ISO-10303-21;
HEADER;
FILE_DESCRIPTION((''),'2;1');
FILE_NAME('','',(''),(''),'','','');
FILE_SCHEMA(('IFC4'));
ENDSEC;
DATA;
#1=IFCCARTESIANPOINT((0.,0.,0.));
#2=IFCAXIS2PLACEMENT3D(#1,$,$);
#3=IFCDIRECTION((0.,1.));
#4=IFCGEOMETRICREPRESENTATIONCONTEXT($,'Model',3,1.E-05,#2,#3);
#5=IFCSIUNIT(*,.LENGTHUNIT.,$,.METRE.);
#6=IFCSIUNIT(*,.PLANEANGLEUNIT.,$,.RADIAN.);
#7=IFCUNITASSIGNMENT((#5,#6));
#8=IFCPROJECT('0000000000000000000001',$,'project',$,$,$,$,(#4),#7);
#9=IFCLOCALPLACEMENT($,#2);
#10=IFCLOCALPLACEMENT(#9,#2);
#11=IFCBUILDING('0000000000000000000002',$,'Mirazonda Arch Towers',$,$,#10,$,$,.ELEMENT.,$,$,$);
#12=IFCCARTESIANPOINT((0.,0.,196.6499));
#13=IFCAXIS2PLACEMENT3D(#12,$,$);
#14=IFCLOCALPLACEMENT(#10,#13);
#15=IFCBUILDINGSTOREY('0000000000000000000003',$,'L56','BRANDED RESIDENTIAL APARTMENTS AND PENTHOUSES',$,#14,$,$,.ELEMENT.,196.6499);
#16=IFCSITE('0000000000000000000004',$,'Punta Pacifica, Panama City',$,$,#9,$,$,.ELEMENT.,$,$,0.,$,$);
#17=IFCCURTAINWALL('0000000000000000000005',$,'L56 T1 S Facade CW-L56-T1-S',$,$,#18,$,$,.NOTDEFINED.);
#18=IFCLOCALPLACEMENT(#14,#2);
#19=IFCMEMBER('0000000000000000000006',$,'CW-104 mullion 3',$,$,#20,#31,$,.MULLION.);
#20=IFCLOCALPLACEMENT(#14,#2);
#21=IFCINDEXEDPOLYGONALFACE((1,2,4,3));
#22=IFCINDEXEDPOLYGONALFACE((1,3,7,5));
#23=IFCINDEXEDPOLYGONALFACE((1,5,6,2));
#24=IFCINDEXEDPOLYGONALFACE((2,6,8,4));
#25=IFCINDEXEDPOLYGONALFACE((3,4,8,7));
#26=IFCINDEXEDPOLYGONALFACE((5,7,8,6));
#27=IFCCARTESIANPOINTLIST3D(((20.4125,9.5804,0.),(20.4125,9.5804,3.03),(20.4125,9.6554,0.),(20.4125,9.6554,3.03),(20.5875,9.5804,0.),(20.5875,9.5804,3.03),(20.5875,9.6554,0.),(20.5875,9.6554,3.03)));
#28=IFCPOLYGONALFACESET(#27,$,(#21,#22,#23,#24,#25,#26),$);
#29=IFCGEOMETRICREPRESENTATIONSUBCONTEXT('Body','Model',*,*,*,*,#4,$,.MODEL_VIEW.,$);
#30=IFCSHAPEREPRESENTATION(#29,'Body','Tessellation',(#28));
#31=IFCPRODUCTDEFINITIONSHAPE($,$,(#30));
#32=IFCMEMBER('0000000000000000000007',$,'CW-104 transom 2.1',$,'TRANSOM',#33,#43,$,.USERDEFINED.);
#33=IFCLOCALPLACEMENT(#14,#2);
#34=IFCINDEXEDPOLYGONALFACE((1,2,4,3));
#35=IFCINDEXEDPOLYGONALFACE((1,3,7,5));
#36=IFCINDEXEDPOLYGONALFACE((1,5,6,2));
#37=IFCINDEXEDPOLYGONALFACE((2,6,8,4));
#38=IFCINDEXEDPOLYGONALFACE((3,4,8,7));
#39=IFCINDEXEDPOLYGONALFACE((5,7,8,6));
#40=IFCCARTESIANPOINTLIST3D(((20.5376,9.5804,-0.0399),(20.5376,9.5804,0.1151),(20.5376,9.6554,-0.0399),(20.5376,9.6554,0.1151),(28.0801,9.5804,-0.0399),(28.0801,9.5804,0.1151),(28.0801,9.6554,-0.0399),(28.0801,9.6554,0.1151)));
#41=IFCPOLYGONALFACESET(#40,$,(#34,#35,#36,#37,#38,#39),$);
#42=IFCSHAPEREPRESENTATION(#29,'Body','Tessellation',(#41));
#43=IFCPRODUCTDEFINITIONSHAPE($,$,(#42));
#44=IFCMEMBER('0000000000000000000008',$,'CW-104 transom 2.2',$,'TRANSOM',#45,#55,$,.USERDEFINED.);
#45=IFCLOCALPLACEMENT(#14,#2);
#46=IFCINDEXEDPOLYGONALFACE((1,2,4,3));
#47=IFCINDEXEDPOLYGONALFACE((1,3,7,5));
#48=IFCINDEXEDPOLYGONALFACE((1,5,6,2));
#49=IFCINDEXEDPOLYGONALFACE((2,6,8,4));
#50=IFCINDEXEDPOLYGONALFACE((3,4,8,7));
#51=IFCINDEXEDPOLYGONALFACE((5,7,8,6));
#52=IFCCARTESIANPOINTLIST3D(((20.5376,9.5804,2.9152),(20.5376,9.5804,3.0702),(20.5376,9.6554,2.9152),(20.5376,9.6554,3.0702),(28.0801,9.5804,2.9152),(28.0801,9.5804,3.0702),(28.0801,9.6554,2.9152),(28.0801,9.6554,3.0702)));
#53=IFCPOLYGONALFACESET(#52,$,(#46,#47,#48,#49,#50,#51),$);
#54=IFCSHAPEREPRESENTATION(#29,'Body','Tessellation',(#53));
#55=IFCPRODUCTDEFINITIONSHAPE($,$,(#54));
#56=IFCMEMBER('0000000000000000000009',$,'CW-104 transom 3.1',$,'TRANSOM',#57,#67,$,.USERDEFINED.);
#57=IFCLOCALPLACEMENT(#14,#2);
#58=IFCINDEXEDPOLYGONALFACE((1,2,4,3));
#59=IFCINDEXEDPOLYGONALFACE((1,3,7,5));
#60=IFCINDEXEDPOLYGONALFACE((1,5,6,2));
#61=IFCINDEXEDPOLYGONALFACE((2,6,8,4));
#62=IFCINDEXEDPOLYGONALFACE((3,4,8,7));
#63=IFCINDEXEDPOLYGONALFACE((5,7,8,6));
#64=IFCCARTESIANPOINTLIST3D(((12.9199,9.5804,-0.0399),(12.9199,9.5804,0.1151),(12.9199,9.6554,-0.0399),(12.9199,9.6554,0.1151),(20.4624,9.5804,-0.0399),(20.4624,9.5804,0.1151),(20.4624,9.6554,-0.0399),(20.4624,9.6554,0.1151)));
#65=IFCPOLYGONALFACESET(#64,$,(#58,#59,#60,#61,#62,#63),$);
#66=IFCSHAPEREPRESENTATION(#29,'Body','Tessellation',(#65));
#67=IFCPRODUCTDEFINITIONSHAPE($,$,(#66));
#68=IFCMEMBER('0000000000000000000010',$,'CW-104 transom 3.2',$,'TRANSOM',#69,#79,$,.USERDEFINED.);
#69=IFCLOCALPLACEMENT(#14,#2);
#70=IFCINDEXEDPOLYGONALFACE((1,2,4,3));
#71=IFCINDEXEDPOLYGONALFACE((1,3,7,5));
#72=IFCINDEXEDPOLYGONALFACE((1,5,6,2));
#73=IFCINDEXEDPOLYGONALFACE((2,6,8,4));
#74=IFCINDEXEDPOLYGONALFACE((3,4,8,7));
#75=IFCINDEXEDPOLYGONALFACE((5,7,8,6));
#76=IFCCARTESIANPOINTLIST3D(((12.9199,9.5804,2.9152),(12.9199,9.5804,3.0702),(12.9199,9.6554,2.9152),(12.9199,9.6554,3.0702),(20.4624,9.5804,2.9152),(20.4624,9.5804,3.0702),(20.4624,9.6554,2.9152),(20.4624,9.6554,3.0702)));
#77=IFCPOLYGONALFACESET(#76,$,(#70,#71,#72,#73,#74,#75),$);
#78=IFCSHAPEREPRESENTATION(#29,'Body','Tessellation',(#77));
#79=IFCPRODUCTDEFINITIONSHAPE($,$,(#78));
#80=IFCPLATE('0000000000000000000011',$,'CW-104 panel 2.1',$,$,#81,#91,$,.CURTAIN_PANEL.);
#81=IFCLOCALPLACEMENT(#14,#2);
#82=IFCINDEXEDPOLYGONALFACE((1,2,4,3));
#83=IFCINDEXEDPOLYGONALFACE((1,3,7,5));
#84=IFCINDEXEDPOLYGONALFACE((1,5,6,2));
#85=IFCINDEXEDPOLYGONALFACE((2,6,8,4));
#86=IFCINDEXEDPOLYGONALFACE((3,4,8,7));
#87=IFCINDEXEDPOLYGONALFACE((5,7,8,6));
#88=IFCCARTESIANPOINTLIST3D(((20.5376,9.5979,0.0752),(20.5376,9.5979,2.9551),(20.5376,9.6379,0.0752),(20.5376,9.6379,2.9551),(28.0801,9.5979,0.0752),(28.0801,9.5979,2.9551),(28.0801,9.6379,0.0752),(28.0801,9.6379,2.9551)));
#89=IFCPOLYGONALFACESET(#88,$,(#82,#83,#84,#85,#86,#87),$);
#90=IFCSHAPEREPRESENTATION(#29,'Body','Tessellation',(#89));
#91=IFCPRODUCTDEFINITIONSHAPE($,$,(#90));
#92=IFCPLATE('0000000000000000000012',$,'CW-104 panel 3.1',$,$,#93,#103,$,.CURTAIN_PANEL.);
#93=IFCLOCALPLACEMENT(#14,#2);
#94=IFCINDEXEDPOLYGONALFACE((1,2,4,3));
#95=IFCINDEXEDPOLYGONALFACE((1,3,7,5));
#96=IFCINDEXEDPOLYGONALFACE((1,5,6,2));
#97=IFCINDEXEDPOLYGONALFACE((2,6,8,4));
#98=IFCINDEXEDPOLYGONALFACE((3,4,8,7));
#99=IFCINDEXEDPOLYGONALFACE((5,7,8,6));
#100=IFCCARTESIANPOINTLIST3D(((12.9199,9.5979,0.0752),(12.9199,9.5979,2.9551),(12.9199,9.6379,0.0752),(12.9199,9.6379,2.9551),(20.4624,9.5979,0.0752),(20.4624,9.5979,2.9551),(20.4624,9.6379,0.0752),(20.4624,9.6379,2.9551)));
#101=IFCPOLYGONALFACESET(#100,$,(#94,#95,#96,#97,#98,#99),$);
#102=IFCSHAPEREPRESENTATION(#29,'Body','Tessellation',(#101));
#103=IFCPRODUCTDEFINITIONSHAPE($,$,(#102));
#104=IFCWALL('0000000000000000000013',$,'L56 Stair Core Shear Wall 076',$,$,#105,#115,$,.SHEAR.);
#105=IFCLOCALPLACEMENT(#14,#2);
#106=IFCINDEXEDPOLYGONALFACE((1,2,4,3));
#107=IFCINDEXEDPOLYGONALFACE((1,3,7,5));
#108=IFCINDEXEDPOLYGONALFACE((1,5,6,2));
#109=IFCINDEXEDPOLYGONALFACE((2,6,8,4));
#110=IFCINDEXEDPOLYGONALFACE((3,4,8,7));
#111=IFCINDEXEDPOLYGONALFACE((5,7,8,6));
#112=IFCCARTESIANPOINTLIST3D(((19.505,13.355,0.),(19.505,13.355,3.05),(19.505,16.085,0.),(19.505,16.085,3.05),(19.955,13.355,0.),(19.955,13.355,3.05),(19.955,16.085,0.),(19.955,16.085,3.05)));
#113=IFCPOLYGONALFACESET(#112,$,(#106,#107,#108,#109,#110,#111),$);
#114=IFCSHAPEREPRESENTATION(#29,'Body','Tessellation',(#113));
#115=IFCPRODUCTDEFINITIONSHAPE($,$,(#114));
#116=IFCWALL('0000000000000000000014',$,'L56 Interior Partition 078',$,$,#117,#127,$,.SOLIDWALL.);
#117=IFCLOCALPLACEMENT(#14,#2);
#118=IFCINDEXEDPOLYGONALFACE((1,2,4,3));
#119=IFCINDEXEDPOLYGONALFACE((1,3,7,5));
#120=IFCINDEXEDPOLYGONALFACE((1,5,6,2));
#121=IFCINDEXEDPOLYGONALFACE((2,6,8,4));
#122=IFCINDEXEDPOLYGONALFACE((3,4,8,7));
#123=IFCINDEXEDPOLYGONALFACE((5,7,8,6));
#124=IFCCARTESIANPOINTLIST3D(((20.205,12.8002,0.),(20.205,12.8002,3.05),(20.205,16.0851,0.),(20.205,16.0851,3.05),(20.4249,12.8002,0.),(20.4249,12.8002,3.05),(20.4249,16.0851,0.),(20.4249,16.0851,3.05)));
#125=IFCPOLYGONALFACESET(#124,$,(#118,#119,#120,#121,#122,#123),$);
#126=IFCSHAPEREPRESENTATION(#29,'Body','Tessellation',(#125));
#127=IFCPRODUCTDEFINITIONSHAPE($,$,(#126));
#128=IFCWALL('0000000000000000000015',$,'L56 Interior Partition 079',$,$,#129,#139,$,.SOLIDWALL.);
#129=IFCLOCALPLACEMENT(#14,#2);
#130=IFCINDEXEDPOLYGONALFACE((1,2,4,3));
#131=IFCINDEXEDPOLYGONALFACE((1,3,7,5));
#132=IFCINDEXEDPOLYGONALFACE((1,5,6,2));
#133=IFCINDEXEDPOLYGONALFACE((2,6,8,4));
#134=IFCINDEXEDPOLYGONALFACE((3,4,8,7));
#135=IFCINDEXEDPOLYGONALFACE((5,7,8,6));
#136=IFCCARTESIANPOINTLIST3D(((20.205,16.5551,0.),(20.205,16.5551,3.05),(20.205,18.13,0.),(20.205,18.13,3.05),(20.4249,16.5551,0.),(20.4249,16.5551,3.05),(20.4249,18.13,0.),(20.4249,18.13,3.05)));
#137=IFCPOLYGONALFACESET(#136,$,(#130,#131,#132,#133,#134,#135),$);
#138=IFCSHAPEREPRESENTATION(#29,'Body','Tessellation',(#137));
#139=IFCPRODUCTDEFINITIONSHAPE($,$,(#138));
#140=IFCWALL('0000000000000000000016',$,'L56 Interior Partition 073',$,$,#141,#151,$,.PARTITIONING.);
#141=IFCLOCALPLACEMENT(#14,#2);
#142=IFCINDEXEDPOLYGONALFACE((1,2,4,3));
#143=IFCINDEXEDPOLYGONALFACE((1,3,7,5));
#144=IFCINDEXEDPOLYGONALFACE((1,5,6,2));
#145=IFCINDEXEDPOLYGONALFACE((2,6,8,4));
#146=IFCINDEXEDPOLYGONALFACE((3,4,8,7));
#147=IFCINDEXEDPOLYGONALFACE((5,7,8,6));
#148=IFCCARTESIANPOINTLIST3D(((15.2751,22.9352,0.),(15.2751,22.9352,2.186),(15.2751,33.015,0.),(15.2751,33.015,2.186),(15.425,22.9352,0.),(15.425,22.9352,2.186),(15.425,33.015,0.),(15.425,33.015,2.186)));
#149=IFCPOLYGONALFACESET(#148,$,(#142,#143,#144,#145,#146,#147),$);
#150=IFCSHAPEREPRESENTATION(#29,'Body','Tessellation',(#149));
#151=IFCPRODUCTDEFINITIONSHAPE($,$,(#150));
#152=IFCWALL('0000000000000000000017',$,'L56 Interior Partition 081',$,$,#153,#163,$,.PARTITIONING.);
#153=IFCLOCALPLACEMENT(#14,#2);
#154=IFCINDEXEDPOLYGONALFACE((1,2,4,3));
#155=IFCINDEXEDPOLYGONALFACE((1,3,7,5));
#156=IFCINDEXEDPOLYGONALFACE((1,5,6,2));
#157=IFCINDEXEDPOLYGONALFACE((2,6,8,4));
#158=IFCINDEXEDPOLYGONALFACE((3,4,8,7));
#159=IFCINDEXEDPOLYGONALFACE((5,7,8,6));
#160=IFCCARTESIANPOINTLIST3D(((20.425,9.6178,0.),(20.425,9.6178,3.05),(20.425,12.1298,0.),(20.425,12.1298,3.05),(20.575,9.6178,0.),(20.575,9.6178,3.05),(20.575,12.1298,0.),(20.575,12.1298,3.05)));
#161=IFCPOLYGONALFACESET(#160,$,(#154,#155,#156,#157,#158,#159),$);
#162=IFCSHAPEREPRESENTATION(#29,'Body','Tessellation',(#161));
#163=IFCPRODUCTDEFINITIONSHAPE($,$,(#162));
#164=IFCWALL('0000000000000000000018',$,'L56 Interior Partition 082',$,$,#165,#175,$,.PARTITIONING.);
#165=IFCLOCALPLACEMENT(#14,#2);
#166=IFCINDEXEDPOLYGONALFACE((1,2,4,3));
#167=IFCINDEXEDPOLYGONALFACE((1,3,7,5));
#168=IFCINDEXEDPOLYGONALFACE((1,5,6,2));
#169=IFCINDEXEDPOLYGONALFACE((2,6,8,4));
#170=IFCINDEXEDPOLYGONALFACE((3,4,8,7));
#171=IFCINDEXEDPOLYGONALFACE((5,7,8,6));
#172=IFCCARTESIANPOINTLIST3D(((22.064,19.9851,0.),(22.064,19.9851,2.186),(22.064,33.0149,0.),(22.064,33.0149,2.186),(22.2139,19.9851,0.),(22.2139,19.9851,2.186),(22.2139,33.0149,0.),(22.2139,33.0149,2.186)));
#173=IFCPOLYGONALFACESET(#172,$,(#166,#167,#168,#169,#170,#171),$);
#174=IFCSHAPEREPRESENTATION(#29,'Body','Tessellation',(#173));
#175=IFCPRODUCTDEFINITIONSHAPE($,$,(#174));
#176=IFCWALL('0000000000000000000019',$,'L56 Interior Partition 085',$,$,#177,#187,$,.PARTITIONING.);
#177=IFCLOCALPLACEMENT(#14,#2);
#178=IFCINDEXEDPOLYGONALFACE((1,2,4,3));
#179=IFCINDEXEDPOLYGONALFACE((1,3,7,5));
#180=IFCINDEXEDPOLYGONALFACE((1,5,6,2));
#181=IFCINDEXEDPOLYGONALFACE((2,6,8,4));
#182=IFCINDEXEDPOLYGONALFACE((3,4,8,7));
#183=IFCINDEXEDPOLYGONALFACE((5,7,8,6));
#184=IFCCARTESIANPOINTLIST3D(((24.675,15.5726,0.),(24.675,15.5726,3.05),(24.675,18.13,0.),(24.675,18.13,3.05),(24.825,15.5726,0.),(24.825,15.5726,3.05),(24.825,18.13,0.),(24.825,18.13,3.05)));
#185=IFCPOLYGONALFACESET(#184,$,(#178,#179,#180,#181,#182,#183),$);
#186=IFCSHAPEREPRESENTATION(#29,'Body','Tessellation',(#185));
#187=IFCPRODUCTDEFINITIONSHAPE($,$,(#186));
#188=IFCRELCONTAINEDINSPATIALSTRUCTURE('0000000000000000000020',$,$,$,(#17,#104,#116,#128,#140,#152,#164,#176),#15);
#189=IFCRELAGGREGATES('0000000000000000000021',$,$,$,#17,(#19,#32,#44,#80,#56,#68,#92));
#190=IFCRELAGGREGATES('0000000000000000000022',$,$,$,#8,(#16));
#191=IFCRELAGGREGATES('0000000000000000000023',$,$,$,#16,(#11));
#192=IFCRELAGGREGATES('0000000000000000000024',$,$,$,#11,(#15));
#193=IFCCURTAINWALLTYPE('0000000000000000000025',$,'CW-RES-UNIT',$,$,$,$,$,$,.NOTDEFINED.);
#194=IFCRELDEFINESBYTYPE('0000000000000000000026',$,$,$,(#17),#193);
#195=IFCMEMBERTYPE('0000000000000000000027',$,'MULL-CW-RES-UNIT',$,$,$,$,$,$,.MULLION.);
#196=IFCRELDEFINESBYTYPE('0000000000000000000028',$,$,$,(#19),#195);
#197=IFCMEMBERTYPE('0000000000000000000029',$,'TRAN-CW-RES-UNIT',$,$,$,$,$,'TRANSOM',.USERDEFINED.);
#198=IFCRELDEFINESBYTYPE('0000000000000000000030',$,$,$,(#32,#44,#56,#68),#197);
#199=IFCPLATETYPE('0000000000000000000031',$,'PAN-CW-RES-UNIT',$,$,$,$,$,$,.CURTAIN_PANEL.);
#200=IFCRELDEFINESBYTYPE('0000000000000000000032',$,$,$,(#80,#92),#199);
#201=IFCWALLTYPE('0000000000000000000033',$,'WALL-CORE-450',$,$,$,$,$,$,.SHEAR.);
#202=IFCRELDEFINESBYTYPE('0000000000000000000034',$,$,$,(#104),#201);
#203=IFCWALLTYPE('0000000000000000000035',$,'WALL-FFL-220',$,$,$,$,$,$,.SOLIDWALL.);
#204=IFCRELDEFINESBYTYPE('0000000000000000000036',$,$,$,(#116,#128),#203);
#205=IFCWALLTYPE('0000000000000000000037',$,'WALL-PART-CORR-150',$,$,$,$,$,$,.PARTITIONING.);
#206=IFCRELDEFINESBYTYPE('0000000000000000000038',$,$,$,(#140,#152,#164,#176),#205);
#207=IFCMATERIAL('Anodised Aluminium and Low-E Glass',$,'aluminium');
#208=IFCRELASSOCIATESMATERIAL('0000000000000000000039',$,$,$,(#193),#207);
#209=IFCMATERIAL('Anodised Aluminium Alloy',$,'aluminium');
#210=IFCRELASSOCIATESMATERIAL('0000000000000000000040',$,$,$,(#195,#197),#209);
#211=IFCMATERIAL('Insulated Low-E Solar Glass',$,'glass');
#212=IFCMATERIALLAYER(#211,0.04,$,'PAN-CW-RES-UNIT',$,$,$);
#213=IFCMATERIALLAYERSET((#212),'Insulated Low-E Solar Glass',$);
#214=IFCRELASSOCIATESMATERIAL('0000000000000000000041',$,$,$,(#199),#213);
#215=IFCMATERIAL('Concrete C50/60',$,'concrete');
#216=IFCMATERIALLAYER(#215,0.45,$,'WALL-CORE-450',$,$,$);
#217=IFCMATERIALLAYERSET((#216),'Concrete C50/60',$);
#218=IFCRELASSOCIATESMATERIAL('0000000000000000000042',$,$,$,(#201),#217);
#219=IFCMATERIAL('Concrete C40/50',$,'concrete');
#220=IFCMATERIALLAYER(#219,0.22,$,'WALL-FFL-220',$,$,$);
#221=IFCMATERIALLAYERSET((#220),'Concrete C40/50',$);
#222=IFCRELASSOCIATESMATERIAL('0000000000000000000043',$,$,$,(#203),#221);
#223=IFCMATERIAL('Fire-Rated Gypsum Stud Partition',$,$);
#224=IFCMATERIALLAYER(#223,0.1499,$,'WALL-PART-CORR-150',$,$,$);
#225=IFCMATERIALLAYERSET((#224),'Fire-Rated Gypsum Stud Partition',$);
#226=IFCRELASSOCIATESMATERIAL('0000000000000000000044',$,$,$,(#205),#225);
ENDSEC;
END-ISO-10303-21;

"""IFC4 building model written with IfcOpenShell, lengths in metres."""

from ifc_helpers import new_model, si_unit, direction, frame, frame_2d, origin, origin_2d, place, context, subcontext, project, spatial, rectangle, extrude, material, layer, layer_set, material_profile, profile_set, type_object, element, aggregate, save


model = new_model("IFC4")

# Units and contexts
model_context = context("Model", 3, precision=1e-05, world=origin(), true_north=direction((0.0, 1.0)))
body_context = subcontext(model_context, "Body", "Model", "MODEL_VIEW")
ifc_project = project(units=[si_unit("LENGTHUNIT", "METRE"), si_unit("PLANEANGLEUNIT", "RADIAN")], contexts=[model_context])

# Site, building, storey
site_placement = place(None, origin())
site = spatial("IfcSite", under=ifc_project, at=site_placement, Name="Punta Pacifica, Panama City", CompositionType="ELEMENT", RefElevation=0.0)
building_placement = place(site_placement, origin())
building = spatial("IfcBuilding", under=site, at=building_placement, Name="Mirazonda Arch Towers", CompositionType="ELEMENT")
storey_placement = place(building_placement, frame((0.0, 0.0, 196.6499)))
storey = spatial("IfcBuildingStorey", under=building, at=storey_placement, Name="L56", Description="BRANDED RESIDENTIAL APARTMENTS AND PENTHOUSES", CompositionType="ELEMENT", Elevation=196.6499)

# Shared definitions
ifc_material_1 = material(Name="Concrete C50/60", Category="concrete")

# Curtain wall, members, plates
ifc_material_2 = material(Name="Anodised Aluminium and Low-E Glass", Category="aluminium")
curtain_wall_type = type_object("IfcCurtainWallType", Name="CW-RES-UNIT", PredefinedType="NOTDEFINED", material=ifc_material_2)
curtain_wall_placement = place(storey_placement, origin())
curtain_wall = element("IfcCurtainWall", 1, at=curtain_wall_placement, inside=storey, type_object=curtain_wall_type, Name="L56 T1 S Facade CW-L56-T1-S", PredefinedType="NOTDEFINED")
ifc_material_3 = material(Name="Anodised Aluminium Alloy", Category="aluminium")
ifc_material_profile_1 = material_profile(ifc_material_3, rectangle(XDim=0.075, YDim=0.175, at=origin_2d()), Name="ALU-MULL-75x175")
ifc_profile_set_1 = profile_set([ifc_material_profile_1], Name="Anodised Aluminium Alloy")
member_type_1 = type_object("IfcMemberType", Name="MULL-CW-RES-UNIT", PredefinedType="MULLION", material=ifc_profile_set_1)
member_1_placement = place(storey_placement, frame((20.5, 9.6179, 0.0), z_axis=(0.0, 0.0, 1.0), x_axis=(0.0, -1.0, 0.0)))
member_1 = element("IfcMember", 2, at=member_1_placement, type_object=member_type_1, Name="CW-104 mullion 3", PredefinedType="MULLION", context=body_context, shape_type="SweptSolid", body=[
    extrude(rectangle(XDim=0.075, YDim=0.175, at=origin_2d()), origin(), (0.0, 0.0, 1.0), 3.03),
])
ifc_material_profile_2 = material_profile(ifc_material_3, rectangle(XDim=0.075, YDim=0.155, at=origin_2d()), Name="ALU-TRAN-75x155")
ifc_profile_set_2 = profile_set([ifc_material_profile_2], Name="Anodised Aluminium Alloy")
member_type_2 = type_object("IfcMemberType", Name="TRAN-CW-RES-UNIT", ElementType="TRANSOM", PredefinedType="USERDEFINED", material=ifc_profile_set_2)
member_2_placement = place(storey_placement, frame((28.0801, 9.6179, 0.0376), z_axis=(-1.0, 0.0, 0.0), x_axis=(0.0, -1.0, 0.0)))
member_2 = element("IfcMember", 3, at=member_2_placement, type_object=member_type_2, Name="CW-104 transom 2.1", ObjectType="TRANSOM", PredefinedType="USERDEFINED", context=body_context, shape_type="SweptSolid", body=[
    extrude(rectangle(XDim=0.075, YDim=0.155, at=origin_2d()), origin(), (0.0, 0.0, 1.0), 7.5425),
])
member_3_placement = place(storey_placement, frame((28.0801, 9.6179, 2.9927), z_axis=(-1.0, 0.0, 0.0), x_axis=(0.0, -1.0, 0.0)))
member_3 = element("IfcMember", 4, at=member_3_placement, type_object=member_type_2, Name="CW-104 transom 2.2", ObjectType="TRANSOM", PredefinedType="USERDEFINED", context=body_context, shape_type="SweptSolid", body=[
    extrude(rectangle(XDim=0.075, YDim=0.155, at=origin_2d()), origin(), (0.0, 0.0, 1.0), 7.5425),
])
member_4_placement = place(storey_placement, frame((20.4624, 9.6179, 0.0376), z_axis=(-1.0, 0.0, 0.0), x_axis=(0.0, -1.0, 0.0)))
member_4 = element("IfcMember", 5, at=member_4_placement, type_object=member_type_2, Name="CW-104 transom 3.1", ObjectType="TRANSOM", PredefinedType="USERDEFINED", context=body_context, shape_type="SweptSolid", body=[
    extrude(rectangle(XDim=0.075, YDim=0.155, at=origin_2d()), origin(), (0.0, 0.0, 1.0), 7.5425),
])
member_5_placement = place(storey_placement, frame((20.4624, 9.6179, 2.9927), z_axis=(-1.0, 0.0, 0.0), x_axis=(0.0, -1.0, 0.0)))
member_5 = element("IfcMember", 6, at=member_5_placement, type_object=member_type_2, Name="CW-104 transom 3.2", ObjectType="TRANSOM", PredefinedType="USERDEFINED", context=body_context, shape_type="SweptSolid", body=[
    extrude(rectangle(XDim=0.075, YDim=0.155, at=origin_2d()), origin(), (0.0, 0.0, 1.0), 7.5425),
])
ifc_material_4 = material(Name="Insulated Low-E Solar Glass", Category="glass")
ifc_layer_1 = layer(ifc_material_4, 0.04, Name="PAN-CW-RES-UNIT")
ifc_layer_set_1 = layer_set([ifc_layer_1], Name="Insulated Low-E Solar Glass")
plate_type = type_object("IfcPlateType", Name="PAN-CW-RES-UNIT", PredefinedType="CURTAIN_PANEL", material=ifc_layer_set_1)
plate_1_placement = place(storey_placement, frame((24.3088, 9.6179, 0.0752), z_axis=(0.0, 0.0, 1.0), x_axis=(-1.0, 0.0, 0.0)))
plate_1 = element("IfcPlate", 7, at=plate_1_placement, type_object=plate_type, Name="CW-104 panel 2.1", PredefinedType="CURTAIN_PANEL", context=body_context, shape_type="SweptSolid", body=[
    extrude(rectangle(XDim=7.5425, YDim=0.04, at=origin_2d()), origin(), (0.0, 0.0, 1.0), 2.8799),
])
plate_2_placement = place(storey_placement, frame((16.6912, 9.6179, 0.0752), z_axis=(0.0, 0.0, 1.0), x_axis=(-1.0, 0.0, 0.0)))
plate_2 = element("IfcPlate", 8, at=plate_2_placement, type_object=plate_type, Name="CW-104 panel 3.1", PredefinedType="CURTAIN_PANEL", context=body_context, shape_type="SweptSolid", body=[
    extrude(rectangle(XDim=7.5425, YDim=0.04, at=origin_2d()), origin(), (0.0, 0.0, 1.0), 2.8799),
])
aggregate(curtain_wall, [member_1, member_2, member_3, plate_1, member_4, member_5, plate_2])

# Walls
ifc_layer_2 = layer(ifc_material_1, 0.45, Name="WALL-CORE-450")
ifc_layer_set_2 = layer_set([ifc_layer_2], Name="Concrete C50/60")
wall_type_1 = type_object("IfcWallType", Name="WALL-CORE-450", PredefinedType="SHEAR", material=ifc_layer_set_2)
wall_1_placement = place(storey_placement, frame((19.73, 13.355, 0.0), z_axis=(0.0, 0.0, 1.0), x_axis=(0.0, 1.0, 0.0)))
element("IfcWall", 9, at=wall_1_placement, inside=storey, type_object=wall_type_1, Name="L56 Stair Core Shear Wall 076", PredefinedType="SHEAR", context=body_context, shape_type="SweptSolid", body=[
    extrude(rectangle(XDim=2.73, YDim=0.45, at=frame_2d((1.365, 0.0))), origin(), (0.0, 0.0, 1.0), 3.05),
])
ifc_material_5 = material(Name="Concrete C40/50", Category="concrete")
ifc_layer_3 = layer(ifc_material_5, 0.22, Name="WALL-FFL-220")
ifc_layer_set_3 = layer_set([ifc_layer_3], Name="Concrete C40/50")
wall_type_2 = type_object("IfcWallType", Name="WALL-FFL-220", PredefinedType="SOLIDWALL", material=ifc_layer_set_3)
wall_2_placement = place(storey_placement, frame((20.3149, 12.8, 0.0), z_axis=(0.0, 0.0, 1.0), x_axis=(0.0, 1.0, 0.0)))
element("IfcWall", 10, at=wall_2_placement, inside=storey, type_object=wall_type_2, Name="L56 Interior Partition 078", PredefinedType="SOLIDWALL", context=body_context, shape_type="SweptSolid", body=[
    extrude(rectangle(XDim=3.2849, YDim=0.22, at=frame_2d((1.6426, 0.0))), origin(), (0.0, 0.0, 1.0), 3.05),
])
wall_3_placement = place(storey_placement, frame((20.3149, 16.5549, 0.0), z_axis=(0.0, 0.0, 1.0), x_axis=(0.0, 1.0, 0.0)))
element("IfcWall", 11, at=wall_3_placement, inside=storey, type_object=wall_type_2, Name="L56 Interior Partition 079", PredefinedType="SOLIDWALL", context=body_context, shape_type="SweptSolid", body=[
    extrude(rectangle(XDim=1.575, YDim=0.22, at=frame_2d((0.7876, 0.0))), origin(), (0.0, 0.0, 1.0), 3.05),
])
ifc_material_6 = material(Name="Fire-Rated Gypsum Stud Partition")
ifc_layer_4 = layer(ifc_material_6, 0.1499, Name="WALL-PART-CORR-150")
ifc_layer_set_4 = layer_set([ifc_layer_4], Name="Fire-Rated Gypsum Stud Partition")
wall_type_3 = type_object("IfcWallType", Name="WALL-PART-CORR-150", PredefinedType="PARTITIONING", material=ifc_layer_set_4)
wall_4_placement = place(storey_placement, frame((15.3501, 22.9351, 0.0), z_axis=(0.0, 0.0, 1.0), x_axis=(0.0, 1.0, 0.0)))
element("IfcWall", 12, at=wall_4_placement, inside=storey, type_object=wall_type_3, Name="L56 Interior Partition 073", PredefinedType="PARTITIONING", context=body_context, shape_type="SweptSolid", body=[
    extrude(rectangle(XDim=10.0798, YDim=0.1499, at=frame_2d((5.04, 0.0))), origin(), (0.0, 0.0, 1.0), 2.186),
])
wall_5_placement = place(storey_placement, frame((20.5, 9.6179, 0.0), z_axis=(0.0, 0.0, 1.0), x_axis=(0.0, 1.0, 0.0)))
element("IfcWall", 13, at=wall_5_placement, inside=storey, type_object=wall_type_3, Name="L56 Interior Partition 081", PredefinedType="PARTITIONING", context=body_context, shape_type="SweptSolid", body=[
    extrude(rectangle(XDim=2.512, YDim=0.1499, at=frame_2d((1.2559, 0.0))), origin(), (0.0, 0.0, 1.0), 3.05),
])
wall_6_placement = place(storey_placement, frame((22.1389, 19.9851, 0.0), z_axis=(0.0, 0.0, 1.0), x_axis=(0.0, 1.0, 0.0)))
element("IfcWall", 14, at=wall_6_placement, inside=storey, type_object=wall_type_3, Name="L56 Interior Partition 082", PredefinedType="PARTITIONING", context=body_context, shape_type="SweptSolid", body=[
    extrude(rectangle(XDim=13.0298, YDim=0.1499, at=frame_2d((6.5149, 0.0))), origin(), (0.0, 0.0, 1.0), 2.186),
])

# Wall
wall_7_placement = place(storey_placement, frame((24.75, 15.5725, 0.0), z_axis=(0.0, 0.0, 1.0), x_axis=(0.0, 1.0, 0.0)))
element("IfcWall", 15, at=wall_7_placement, inside=storey, type_object=wall_type_3, Name="L56 Interior Partition 085", PredefinedType="PARTITIONING", context=body_context, shape_type="SweptSolid", body=[
    extrude(rectangle(XDim=2.5574, YDim=0.1499, at=frame_2d((1.2788, 0.0))), origin(), (0.0, 0.0, 1.0), 3.05),
])

save(model, "model.ifc")
